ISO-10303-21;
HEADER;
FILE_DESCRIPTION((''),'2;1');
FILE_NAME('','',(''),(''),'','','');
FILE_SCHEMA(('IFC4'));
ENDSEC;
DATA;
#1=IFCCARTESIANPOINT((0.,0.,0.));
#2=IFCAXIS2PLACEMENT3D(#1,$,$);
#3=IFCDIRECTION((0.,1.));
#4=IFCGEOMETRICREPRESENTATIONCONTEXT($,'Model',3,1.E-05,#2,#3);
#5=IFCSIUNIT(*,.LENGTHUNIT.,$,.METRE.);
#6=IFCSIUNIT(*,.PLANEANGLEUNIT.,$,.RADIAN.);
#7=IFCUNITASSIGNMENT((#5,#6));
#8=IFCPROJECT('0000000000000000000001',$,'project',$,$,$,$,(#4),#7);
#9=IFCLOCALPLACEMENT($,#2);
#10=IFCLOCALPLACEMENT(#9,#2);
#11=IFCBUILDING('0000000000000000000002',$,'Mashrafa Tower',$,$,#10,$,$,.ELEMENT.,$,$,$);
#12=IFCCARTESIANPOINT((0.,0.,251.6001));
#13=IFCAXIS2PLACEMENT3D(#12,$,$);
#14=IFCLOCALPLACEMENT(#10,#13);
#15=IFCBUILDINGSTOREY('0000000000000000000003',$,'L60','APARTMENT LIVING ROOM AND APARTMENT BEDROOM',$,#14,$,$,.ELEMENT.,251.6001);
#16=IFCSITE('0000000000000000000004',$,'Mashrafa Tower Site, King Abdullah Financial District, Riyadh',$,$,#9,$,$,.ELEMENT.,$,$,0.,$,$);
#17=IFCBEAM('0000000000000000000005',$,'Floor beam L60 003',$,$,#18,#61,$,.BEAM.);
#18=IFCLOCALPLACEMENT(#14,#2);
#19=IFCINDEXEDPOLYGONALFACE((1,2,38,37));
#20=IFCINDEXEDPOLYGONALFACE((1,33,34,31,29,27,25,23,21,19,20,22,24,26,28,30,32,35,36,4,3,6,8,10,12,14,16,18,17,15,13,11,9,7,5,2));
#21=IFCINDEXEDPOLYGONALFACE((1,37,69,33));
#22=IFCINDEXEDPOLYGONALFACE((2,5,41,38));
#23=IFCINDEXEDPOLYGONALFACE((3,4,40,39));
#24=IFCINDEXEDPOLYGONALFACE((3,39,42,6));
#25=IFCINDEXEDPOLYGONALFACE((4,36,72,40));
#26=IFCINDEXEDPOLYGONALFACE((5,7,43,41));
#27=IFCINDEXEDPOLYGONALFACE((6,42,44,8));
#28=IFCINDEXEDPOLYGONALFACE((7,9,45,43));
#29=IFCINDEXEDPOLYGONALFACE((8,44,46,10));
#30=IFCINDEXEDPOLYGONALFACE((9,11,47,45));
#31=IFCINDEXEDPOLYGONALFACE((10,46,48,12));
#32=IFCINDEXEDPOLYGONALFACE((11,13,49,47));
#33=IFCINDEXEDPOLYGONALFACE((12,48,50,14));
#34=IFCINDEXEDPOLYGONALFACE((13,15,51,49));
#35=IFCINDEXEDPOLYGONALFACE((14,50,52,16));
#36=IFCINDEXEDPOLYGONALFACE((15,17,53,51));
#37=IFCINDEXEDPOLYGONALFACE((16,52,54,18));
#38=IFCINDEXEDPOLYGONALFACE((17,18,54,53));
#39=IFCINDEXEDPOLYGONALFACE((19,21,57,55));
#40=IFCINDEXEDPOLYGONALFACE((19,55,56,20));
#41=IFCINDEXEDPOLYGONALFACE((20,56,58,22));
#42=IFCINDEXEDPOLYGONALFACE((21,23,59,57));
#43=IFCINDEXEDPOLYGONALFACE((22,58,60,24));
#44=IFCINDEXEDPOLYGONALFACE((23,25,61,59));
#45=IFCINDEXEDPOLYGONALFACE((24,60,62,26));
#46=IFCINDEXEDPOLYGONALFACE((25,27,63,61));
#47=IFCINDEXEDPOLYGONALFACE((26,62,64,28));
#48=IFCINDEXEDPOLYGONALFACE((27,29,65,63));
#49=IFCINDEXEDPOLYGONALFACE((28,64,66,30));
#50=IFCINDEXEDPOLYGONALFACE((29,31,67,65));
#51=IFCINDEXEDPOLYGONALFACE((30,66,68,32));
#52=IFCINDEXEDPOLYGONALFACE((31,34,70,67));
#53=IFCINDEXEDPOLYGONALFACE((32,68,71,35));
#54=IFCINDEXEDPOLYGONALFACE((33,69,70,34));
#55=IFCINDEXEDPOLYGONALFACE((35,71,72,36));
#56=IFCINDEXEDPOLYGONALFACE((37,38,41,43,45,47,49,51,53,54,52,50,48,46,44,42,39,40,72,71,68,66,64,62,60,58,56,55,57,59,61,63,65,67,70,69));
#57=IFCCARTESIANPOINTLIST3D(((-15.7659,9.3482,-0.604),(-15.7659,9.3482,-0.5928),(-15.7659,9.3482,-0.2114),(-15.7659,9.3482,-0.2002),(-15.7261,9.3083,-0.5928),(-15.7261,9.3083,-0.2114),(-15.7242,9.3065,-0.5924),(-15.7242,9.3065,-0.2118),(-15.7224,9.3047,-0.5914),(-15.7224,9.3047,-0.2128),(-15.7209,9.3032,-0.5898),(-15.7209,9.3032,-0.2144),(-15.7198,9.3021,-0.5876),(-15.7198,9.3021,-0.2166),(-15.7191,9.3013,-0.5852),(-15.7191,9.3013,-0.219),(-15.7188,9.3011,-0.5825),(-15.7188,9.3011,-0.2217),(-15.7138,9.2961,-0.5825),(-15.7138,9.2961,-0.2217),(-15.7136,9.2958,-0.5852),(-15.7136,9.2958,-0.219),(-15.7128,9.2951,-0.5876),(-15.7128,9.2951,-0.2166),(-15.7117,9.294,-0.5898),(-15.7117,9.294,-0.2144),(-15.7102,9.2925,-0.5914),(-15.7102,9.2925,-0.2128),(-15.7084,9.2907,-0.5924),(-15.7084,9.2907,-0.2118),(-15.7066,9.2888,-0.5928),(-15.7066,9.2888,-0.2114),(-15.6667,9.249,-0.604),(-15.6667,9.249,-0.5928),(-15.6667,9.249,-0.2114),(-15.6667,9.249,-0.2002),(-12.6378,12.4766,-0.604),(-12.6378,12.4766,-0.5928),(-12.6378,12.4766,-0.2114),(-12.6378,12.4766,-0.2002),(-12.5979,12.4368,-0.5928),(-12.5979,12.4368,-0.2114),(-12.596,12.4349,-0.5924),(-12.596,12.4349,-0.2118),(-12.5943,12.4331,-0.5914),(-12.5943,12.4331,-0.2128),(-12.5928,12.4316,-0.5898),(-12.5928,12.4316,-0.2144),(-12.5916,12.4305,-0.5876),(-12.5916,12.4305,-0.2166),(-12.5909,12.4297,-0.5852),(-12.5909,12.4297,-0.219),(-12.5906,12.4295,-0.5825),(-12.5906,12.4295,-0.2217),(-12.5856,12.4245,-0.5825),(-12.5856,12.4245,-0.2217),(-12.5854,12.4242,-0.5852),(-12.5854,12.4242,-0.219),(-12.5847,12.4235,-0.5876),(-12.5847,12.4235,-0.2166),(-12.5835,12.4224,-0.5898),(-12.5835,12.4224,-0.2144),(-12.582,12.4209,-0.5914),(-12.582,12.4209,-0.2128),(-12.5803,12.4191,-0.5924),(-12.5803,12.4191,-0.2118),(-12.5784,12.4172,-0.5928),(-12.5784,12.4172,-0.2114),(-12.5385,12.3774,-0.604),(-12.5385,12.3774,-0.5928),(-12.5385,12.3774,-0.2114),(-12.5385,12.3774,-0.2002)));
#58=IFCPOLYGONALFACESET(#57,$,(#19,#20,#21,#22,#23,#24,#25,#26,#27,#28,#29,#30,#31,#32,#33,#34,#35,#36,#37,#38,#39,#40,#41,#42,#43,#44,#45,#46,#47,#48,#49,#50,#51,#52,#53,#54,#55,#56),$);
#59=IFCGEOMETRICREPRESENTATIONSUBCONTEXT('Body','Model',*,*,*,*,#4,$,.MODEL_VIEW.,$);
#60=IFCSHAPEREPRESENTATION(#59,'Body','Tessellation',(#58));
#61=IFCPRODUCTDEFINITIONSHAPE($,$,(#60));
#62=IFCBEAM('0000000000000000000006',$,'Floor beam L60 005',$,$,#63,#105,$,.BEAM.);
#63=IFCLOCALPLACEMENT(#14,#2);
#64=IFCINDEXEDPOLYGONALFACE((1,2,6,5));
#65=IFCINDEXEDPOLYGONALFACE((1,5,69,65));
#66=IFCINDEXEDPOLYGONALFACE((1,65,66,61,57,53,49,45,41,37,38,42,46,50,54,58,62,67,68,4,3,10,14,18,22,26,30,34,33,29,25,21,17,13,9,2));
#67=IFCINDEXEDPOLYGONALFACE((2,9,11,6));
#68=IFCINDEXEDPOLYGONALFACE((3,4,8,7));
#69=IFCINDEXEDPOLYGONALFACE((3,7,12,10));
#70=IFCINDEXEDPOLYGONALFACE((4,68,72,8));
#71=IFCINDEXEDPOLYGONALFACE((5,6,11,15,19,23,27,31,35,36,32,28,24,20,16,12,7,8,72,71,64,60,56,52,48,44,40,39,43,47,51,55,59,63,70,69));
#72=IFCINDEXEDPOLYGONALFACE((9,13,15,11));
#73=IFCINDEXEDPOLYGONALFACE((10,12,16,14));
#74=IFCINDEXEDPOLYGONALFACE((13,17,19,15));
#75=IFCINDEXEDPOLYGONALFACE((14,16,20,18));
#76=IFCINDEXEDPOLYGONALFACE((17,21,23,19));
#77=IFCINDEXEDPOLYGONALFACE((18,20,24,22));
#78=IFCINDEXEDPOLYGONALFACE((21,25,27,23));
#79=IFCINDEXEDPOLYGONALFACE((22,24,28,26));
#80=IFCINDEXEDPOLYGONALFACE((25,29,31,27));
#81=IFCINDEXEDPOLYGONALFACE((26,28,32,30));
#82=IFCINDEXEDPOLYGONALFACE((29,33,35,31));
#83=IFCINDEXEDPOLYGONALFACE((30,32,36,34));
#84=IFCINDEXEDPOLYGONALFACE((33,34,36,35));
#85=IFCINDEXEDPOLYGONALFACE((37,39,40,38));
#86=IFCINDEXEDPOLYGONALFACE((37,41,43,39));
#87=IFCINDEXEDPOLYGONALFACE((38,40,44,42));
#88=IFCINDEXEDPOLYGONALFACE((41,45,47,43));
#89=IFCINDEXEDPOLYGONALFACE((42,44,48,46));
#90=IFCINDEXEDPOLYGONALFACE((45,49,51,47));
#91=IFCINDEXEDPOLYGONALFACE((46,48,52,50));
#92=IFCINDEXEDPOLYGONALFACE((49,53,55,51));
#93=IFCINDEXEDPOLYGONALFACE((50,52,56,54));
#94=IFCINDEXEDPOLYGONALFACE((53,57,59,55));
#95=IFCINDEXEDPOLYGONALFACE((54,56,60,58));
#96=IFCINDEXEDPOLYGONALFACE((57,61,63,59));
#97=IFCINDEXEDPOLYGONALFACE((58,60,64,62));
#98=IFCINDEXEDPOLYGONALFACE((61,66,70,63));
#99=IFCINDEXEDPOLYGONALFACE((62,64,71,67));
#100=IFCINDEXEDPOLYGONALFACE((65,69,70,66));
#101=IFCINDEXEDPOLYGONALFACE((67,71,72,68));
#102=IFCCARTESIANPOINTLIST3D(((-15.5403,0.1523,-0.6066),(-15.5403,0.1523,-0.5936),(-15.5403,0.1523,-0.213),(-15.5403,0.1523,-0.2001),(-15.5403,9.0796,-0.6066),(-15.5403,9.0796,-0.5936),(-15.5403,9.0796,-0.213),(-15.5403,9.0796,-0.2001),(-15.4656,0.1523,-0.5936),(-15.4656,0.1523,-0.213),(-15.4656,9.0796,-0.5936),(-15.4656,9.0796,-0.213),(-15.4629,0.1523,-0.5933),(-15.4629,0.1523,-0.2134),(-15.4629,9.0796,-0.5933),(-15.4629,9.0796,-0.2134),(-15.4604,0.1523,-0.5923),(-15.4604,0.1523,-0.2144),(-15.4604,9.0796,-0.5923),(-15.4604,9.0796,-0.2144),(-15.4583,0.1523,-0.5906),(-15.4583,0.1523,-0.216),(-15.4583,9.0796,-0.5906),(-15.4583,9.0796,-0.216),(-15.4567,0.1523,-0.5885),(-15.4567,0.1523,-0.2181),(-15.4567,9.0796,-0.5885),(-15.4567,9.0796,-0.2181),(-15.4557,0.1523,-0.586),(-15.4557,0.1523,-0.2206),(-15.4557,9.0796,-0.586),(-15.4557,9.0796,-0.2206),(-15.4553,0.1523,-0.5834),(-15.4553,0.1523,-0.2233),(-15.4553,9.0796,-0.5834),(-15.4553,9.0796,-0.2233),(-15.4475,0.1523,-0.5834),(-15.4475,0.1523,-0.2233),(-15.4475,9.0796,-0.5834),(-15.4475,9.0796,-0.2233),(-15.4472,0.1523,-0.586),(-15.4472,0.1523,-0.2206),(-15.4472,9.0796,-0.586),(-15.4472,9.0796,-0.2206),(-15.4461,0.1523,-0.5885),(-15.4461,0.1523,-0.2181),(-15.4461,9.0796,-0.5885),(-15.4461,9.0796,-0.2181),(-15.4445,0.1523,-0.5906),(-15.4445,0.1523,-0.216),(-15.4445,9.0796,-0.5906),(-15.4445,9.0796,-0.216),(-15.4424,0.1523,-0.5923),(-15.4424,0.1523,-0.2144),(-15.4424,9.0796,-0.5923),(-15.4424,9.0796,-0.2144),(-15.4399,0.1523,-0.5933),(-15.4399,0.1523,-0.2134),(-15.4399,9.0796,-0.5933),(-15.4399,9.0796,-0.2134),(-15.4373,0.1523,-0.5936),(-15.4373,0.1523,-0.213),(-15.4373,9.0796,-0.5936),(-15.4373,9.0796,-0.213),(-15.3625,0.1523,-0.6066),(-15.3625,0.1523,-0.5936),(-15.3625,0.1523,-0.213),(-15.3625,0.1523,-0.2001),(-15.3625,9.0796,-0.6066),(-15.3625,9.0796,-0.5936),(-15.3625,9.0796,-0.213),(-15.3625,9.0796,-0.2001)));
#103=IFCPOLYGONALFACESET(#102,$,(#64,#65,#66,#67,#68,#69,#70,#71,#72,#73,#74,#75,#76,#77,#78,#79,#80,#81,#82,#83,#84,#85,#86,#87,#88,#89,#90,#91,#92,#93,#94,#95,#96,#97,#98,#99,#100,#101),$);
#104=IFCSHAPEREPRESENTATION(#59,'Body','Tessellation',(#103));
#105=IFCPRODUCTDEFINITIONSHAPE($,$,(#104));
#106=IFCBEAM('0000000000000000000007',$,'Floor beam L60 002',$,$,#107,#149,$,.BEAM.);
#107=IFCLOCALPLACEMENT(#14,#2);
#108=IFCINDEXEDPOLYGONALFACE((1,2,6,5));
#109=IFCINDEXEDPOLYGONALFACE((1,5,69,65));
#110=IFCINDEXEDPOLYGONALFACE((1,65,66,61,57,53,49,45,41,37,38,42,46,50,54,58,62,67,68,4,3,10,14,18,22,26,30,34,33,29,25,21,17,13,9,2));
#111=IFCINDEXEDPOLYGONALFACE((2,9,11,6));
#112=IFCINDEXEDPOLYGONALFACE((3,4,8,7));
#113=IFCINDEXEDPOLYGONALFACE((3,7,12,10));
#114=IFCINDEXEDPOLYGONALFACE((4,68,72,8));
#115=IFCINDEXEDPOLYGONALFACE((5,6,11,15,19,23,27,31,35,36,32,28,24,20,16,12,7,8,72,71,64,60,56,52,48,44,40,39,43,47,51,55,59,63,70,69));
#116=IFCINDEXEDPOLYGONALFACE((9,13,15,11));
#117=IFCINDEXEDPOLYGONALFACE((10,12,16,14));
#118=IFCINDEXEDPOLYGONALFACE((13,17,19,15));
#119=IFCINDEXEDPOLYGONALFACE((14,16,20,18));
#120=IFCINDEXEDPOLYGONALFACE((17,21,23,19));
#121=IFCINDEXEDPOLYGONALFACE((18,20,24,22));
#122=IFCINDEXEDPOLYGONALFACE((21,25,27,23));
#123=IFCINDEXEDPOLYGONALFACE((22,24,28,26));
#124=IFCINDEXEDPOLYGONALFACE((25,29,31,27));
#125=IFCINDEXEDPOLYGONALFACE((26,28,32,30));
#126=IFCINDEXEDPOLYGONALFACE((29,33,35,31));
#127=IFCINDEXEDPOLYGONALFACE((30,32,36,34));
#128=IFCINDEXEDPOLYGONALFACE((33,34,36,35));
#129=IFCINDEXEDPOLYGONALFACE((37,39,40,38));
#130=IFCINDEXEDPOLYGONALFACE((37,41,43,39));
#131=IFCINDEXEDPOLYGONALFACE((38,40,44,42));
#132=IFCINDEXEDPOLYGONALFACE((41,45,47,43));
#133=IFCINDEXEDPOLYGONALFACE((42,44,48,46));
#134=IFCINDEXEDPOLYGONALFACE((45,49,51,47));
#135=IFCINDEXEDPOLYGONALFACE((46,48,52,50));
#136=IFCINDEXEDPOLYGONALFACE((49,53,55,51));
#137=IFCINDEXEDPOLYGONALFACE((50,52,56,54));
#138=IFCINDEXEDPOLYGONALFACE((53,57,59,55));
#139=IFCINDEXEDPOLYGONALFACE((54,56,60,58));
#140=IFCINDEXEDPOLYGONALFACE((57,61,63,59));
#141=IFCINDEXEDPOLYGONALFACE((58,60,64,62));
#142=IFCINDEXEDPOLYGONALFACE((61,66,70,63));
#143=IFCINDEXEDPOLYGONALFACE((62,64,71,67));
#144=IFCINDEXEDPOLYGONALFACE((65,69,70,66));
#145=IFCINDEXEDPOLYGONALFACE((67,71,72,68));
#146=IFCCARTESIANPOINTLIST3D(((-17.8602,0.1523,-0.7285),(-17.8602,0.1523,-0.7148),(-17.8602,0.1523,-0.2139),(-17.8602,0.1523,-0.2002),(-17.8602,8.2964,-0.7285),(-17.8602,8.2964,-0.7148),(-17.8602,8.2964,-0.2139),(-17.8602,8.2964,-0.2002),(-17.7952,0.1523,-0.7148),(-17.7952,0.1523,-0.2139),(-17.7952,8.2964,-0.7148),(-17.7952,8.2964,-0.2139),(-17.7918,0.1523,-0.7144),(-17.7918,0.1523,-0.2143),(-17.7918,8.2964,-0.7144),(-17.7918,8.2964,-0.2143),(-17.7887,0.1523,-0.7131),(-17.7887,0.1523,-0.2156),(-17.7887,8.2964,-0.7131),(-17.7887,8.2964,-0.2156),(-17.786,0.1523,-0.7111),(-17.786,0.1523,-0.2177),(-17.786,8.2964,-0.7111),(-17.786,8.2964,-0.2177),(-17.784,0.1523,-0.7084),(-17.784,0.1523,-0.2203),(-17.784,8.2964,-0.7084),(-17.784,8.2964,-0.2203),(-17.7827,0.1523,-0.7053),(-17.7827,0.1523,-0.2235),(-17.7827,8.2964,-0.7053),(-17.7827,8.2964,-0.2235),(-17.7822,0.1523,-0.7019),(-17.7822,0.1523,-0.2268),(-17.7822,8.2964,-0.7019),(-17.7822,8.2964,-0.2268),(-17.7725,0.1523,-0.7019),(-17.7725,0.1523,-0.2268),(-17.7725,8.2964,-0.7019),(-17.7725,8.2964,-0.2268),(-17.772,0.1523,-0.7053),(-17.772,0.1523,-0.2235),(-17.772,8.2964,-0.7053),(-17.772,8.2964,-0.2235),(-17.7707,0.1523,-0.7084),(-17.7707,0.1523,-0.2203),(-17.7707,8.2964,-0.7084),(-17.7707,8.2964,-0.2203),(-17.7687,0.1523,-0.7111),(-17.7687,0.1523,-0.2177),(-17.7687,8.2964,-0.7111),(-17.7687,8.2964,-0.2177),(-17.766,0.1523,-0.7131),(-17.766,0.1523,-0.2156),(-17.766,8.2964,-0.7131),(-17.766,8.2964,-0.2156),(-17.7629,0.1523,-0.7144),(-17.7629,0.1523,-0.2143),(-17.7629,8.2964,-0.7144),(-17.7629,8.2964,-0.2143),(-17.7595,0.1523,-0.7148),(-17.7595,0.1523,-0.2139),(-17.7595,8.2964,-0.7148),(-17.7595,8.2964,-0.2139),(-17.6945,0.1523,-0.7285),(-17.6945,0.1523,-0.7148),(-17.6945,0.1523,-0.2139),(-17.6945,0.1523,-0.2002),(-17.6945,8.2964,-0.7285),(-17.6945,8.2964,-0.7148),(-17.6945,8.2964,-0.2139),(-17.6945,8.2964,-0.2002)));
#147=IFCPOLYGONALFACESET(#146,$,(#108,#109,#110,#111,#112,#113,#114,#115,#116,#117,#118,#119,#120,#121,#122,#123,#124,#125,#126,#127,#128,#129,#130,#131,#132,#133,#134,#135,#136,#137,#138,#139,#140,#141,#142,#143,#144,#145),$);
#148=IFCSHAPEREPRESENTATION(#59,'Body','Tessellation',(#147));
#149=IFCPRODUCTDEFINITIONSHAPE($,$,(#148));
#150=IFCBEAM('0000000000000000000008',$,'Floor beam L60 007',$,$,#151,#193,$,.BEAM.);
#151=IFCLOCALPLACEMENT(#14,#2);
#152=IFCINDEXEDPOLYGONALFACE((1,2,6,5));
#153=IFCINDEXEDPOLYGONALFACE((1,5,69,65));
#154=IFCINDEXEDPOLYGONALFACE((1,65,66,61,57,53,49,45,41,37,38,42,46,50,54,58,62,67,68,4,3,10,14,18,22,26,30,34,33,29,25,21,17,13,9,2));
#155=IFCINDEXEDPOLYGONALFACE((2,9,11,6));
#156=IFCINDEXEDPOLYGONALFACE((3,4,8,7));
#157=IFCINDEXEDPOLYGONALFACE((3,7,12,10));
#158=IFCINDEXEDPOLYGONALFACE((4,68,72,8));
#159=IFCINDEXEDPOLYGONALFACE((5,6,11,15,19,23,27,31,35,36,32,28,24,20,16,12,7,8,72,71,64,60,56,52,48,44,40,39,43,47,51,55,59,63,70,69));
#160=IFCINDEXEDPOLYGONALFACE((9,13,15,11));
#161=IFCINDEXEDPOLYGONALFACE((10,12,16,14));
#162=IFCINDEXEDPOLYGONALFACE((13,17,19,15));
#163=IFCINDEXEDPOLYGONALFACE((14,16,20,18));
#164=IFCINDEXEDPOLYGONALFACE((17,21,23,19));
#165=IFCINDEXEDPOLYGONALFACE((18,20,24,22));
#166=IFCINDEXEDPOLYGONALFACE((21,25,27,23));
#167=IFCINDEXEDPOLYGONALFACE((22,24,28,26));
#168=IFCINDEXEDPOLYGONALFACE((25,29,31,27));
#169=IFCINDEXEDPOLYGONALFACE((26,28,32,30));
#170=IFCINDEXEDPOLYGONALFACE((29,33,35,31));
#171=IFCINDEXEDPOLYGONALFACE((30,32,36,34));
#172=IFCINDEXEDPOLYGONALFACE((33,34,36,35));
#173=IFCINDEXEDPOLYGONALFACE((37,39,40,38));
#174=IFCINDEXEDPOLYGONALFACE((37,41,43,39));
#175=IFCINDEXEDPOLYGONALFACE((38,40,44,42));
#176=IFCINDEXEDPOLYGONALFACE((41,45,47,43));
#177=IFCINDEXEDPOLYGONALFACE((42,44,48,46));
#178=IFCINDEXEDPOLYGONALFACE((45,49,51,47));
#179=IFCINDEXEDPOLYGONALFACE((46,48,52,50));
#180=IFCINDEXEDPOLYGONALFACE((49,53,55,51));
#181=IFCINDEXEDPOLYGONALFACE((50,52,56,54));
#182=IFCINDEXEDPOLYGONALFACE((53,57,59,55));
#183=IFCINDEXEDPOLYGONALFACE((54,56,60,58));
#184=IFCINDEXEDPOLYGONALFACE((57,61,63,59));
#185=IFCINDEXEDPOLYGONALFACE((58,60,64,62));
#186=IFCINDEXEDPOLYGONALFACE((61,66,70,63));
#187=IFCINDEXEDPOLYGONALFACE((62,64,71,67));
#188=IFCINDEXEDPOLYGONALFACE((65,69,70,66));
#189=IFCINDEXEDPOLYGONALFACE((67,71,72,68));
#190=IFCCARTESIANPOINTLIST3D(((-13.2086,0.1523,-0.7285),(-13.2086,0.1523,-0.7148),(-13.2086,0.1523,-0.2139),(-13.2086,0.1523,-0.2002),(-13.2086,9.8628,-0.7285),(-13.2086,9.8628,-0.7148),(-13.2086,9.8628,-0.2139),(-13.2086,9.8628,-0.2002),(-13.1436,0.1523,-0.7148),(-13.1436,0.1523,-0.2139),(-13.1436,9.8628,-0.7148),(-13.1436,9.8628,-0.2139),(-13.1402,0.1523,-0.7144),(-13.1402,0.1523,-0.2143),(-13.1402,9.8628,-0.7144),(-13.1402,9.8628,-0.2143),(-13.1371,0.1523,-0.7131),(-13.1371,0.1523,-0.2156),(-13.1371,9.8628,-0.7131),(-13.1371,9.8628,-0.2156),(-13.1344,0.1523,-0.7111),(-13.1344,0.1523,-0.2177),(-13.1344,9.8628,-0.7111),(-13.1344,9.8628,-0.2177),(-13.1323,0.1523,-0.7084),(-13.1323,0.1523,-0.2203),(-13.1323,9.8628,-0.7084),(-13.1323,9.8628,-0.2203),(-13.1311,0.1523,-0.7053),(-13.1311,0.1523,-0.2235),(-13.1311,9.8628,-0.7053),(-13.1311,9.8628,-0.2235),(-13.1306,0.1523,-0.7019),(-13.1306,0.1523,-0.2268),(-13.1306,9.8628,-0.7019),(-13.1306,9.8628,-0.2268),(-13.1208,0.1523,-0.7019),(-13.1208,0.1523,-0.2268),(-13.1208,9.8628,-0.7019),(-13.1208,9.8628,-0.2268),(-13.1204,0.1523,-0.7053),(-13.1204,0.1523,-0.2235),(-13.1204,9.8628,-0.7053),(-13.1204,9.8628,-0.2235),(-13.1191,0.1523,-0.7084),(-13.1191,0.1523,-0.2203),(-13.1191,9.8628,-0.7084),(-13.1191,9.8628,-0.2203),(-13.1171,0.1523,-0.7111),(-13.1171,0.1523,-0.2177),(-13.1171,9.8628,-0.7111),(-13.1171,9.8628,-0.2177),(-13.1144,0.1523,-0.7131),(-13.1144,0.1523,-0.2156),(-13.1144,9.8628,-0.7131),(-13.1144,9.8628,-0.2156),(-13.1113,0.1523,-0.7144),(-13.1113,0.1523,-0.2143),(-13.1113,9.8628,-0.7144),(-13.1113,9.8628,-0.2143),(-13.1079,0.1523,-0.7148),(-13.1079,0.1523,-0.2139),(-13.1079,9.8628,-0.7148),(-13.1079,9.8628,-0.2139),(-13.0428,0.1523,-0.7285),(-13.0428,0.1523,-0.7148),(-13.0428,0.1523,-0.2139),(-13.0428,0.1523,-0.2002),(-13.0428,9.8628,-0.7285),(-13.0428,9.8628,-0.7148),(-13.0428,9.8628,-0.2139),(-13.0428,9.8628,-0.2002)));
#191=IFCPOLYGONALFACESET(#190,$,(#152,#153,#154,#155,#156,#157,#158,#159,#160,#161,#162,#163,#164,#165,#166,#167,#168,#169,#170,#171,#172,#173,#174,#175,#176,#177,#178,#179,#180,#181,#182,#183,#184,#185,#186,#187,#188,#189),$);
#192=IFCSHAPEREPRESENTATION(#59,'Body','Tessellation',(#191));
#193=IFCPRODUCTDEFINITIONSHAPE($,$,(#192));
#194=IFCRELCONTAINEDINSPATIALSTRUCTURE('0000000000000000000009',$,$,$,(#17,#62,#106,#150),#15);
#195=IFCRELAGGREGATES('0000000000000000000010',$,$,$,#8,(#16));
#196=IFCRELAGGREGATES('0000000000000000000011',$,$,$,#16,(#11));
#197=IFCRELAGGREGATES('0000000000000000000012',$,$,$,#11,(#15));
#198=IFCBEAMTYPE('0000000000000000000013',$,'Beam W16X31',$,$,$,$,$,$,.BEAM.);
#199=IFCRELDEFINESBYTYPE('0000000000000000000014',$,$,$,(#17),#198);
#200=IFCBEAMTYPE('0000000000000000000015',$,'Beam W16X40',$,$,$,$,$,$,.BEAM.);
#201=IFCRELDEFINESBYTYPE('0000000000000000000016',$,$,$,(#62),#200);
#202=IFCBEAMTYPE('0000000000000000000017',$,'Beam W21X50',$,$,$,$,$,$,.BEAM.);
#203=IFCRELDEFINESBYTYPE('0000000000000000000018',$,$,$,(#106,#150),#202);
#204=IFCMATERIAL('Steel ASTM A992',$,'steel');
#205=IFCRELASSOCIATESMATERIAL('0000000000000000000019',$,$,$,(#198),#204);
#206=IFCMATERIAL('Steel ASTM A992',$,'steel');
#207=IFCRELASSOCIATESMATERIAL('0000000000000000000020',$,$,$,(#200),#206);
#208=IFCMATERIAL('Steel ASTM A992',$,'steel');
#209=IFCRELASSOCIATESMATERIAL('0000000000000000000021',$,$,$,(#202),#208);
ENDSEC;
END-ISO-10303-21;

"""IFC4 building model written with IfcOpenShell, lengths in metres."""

from ifc_helpers import new_model, si_unit, direction, frame, origin, origin_2d, place, context, subcontext, project, spatial, i_section, extrude, material, material_profile, profile_set, type_object, element, save


model = new_model("IFC4")

# Units and contexts
model_context = context("Model", 3, precision=1e-05, world=origin(), true_north=direction((0.0, 1.0)))
body_context = subcontext(model_context, "Body", "Model", "MODEL_VIEW")
ifc_project = project(units=[si_unit("LENGTHUNIT", "METRE"), si_unit("PLANEANGLEUNIT", "RADIAN")], contexts=[model_context])

# Site, building, storey
site_placement = place(None, origin())
site = spatial("IfcSite", under=ifc_project, at=site_placement, Name="Mashrafa Tower Site, King Abdullah Financial District, Riyadh", CompositionType="ELEMENT", RefElevation=0.0)
building_placement = place(site_placement, origin())
building = spatial("IfcBuilding", under=site, at=building_placement, Name="Mashrafa Tower", CompositionType="ELEMENT")
storey_placement = place(building_placement, frame((0.0, 0.0, 251.6001)))
storey = spatial("IfcBuildingStorey", under=building, at=storey_placement, Name="L60", Description="APARTMENT LIVING ROOM AND APARTMENT BEDROOM", CompositionType="ELEMENT", Elevation=251.6001)

# Beams
ifc_material_1 = material(Name="Steel ASTM A992", Category="steel")
ifc_material_profile_1 = material_profile(ifc_material_1, i_section(OverallWidth=0.1404, OverallDepth=0.4038, WebThickness=0.0071, FlangeThickness=0.0112, FilletRadius=0.0103, at=origin_2d()), Name="W16X31")
ifc_profile_set_1 = profile_set([ifc_material_profile_1], Name="Steel ASTM A992")
beam_type_1 = type_object("IfcBeamType", Name="Beam W16X31", PredefinedType="BEAM", material=ifc_profile_set_1)
beam_1_placement = place(storey_placement, frame((-15.7163, 9.2986, -0.4021), z_axis=(0.707079, 0.707134, 0.0), x_axis=(-0.707134, 0.707079, 0.0)))
element("IfcBeam", 1, at=beam_1_placement, inside=storey, type_object=beam_type_1, Name="Floor beam L60 003", PredefinedType="BEAM", context=body_context, shape_type="SweptSolid", body=[
    extrude(i_section(OverallWidth=0.1404, OverallDepth=0.4038, WebThickness=0.0071, FlangeThickness=0.0112, FilletRadius=0.0103, at=origin_2d()), origin(), (0.0, 0.0, 1.0), 4.4241),
])
ifc_material_2 = material(Name="Steel ASTM A992", Category="steel")
ifc_material_profile_2 = material_profile(ifc_material_2, i_section(OverallWidth=0.1777, OverallDepth=0.4065, WebThickness=0.0078, FlangeThickness=0.0129, FilletRadius=0.0103, at=origin_2d()), Name="W16X40")
ifc_profile_set_2 = profile_set([ifc_material_profile_2], Name="Steel ASTM A992")
beam_type_2 = type_object("IfcBeamType", Name="Beam W16X40", PredefinedType="BEAM", material=ifc_profile_set_2)
beam_2_placement = place(storey_placement, frame((-15.4514, 0.1523, -0.4033), z_axis=(0.0, 1.0, 0.0), x_axis=(-1.0, 0.0, 0.0)))
element("IfcBeam", 2, at=beam_2_placement, inside=storey, type_object=beam_type_2, Name="Floor beam L60 005", PredefinedType="BEAM", context=body_context, shape_type="SweptSolid", body=[
    extrude(i_section(OverallWidth=0.1777, OverallDepth=0.4065, WebThickness=0.0078, FlangeThickness=0.0129, FilletRadius=0.0103, at=origin_2d()), origin(), (0.0, 0.0, 1.0), 8.9272),
])
ifc_material_3 = material(Name="Steel ASTM A992", Category="steel")
ifc_material_profile_3 = material_profile(ifc_material_3, i_section(OverallWidth=0.1658, OverallDepth=0.5283, WebThickness=0.0098, FlangeThickness=0.0137, FilletRadius=0.0129, at=origin_2d()), Name="W21X50")
ifc_profile_set_3 = profile_set([ifc_material_profile_3], Name="Steel ASTM A992")
beam_type_3 = type_object("IfcBeamType", Name="Beam W21X50", PredefinedType="BEAM", material=ifc_profile_set_3)
beam_3_placement = place(storey_placement, frame((-17.7773, 0.1523, -0.4644), z_axis=(0.0, 1.0, 0.0), x_axis=(-1.0, 0.0, 0.0)))
element("IfcBeam", 3, at=beam_3_placement, inside=storey, type_object=beam_type_3, Name="Floor beam L60 002", PredefinedType="BEAM", context=body_context, shape_type="SweptSolid", body=[
    extrude(i_section(OverallWidth=0.1658, OverallDepth=0.5283, WebThickness=0.0098, FlangeThickness=0.0137, FilletRadius=0.0129, at=origin_2d()), origin(), (0.0, 0.0, 1.0), 8.144),
])
beam_4_placement = place(storey_placement, frame((-13.1257, 0.1523, -0.4644), z_axis=(0.0, 1.0, 0.0), x_axis=(-1.0, 0.0, 0.0)))
element("IfcBeam", 4, at=beam_4_placement, inside=storey, type_object=beam_type_3, Name="Floor beam L60 007", PredefinedType="BEAM", context=body_context, shape_type="SweptSolid", body=[
    extrude(i_section(OverallWidth=0.1658, OverallDepth=0.5283, WebThickness=0.0098, FlangeThickness=0.0137, FilletRadius=0.0129, at=origin_2d()), origin(), (0.0, 0.0, 1.0), 9.7104),
])

save(model, "model.ifc")
